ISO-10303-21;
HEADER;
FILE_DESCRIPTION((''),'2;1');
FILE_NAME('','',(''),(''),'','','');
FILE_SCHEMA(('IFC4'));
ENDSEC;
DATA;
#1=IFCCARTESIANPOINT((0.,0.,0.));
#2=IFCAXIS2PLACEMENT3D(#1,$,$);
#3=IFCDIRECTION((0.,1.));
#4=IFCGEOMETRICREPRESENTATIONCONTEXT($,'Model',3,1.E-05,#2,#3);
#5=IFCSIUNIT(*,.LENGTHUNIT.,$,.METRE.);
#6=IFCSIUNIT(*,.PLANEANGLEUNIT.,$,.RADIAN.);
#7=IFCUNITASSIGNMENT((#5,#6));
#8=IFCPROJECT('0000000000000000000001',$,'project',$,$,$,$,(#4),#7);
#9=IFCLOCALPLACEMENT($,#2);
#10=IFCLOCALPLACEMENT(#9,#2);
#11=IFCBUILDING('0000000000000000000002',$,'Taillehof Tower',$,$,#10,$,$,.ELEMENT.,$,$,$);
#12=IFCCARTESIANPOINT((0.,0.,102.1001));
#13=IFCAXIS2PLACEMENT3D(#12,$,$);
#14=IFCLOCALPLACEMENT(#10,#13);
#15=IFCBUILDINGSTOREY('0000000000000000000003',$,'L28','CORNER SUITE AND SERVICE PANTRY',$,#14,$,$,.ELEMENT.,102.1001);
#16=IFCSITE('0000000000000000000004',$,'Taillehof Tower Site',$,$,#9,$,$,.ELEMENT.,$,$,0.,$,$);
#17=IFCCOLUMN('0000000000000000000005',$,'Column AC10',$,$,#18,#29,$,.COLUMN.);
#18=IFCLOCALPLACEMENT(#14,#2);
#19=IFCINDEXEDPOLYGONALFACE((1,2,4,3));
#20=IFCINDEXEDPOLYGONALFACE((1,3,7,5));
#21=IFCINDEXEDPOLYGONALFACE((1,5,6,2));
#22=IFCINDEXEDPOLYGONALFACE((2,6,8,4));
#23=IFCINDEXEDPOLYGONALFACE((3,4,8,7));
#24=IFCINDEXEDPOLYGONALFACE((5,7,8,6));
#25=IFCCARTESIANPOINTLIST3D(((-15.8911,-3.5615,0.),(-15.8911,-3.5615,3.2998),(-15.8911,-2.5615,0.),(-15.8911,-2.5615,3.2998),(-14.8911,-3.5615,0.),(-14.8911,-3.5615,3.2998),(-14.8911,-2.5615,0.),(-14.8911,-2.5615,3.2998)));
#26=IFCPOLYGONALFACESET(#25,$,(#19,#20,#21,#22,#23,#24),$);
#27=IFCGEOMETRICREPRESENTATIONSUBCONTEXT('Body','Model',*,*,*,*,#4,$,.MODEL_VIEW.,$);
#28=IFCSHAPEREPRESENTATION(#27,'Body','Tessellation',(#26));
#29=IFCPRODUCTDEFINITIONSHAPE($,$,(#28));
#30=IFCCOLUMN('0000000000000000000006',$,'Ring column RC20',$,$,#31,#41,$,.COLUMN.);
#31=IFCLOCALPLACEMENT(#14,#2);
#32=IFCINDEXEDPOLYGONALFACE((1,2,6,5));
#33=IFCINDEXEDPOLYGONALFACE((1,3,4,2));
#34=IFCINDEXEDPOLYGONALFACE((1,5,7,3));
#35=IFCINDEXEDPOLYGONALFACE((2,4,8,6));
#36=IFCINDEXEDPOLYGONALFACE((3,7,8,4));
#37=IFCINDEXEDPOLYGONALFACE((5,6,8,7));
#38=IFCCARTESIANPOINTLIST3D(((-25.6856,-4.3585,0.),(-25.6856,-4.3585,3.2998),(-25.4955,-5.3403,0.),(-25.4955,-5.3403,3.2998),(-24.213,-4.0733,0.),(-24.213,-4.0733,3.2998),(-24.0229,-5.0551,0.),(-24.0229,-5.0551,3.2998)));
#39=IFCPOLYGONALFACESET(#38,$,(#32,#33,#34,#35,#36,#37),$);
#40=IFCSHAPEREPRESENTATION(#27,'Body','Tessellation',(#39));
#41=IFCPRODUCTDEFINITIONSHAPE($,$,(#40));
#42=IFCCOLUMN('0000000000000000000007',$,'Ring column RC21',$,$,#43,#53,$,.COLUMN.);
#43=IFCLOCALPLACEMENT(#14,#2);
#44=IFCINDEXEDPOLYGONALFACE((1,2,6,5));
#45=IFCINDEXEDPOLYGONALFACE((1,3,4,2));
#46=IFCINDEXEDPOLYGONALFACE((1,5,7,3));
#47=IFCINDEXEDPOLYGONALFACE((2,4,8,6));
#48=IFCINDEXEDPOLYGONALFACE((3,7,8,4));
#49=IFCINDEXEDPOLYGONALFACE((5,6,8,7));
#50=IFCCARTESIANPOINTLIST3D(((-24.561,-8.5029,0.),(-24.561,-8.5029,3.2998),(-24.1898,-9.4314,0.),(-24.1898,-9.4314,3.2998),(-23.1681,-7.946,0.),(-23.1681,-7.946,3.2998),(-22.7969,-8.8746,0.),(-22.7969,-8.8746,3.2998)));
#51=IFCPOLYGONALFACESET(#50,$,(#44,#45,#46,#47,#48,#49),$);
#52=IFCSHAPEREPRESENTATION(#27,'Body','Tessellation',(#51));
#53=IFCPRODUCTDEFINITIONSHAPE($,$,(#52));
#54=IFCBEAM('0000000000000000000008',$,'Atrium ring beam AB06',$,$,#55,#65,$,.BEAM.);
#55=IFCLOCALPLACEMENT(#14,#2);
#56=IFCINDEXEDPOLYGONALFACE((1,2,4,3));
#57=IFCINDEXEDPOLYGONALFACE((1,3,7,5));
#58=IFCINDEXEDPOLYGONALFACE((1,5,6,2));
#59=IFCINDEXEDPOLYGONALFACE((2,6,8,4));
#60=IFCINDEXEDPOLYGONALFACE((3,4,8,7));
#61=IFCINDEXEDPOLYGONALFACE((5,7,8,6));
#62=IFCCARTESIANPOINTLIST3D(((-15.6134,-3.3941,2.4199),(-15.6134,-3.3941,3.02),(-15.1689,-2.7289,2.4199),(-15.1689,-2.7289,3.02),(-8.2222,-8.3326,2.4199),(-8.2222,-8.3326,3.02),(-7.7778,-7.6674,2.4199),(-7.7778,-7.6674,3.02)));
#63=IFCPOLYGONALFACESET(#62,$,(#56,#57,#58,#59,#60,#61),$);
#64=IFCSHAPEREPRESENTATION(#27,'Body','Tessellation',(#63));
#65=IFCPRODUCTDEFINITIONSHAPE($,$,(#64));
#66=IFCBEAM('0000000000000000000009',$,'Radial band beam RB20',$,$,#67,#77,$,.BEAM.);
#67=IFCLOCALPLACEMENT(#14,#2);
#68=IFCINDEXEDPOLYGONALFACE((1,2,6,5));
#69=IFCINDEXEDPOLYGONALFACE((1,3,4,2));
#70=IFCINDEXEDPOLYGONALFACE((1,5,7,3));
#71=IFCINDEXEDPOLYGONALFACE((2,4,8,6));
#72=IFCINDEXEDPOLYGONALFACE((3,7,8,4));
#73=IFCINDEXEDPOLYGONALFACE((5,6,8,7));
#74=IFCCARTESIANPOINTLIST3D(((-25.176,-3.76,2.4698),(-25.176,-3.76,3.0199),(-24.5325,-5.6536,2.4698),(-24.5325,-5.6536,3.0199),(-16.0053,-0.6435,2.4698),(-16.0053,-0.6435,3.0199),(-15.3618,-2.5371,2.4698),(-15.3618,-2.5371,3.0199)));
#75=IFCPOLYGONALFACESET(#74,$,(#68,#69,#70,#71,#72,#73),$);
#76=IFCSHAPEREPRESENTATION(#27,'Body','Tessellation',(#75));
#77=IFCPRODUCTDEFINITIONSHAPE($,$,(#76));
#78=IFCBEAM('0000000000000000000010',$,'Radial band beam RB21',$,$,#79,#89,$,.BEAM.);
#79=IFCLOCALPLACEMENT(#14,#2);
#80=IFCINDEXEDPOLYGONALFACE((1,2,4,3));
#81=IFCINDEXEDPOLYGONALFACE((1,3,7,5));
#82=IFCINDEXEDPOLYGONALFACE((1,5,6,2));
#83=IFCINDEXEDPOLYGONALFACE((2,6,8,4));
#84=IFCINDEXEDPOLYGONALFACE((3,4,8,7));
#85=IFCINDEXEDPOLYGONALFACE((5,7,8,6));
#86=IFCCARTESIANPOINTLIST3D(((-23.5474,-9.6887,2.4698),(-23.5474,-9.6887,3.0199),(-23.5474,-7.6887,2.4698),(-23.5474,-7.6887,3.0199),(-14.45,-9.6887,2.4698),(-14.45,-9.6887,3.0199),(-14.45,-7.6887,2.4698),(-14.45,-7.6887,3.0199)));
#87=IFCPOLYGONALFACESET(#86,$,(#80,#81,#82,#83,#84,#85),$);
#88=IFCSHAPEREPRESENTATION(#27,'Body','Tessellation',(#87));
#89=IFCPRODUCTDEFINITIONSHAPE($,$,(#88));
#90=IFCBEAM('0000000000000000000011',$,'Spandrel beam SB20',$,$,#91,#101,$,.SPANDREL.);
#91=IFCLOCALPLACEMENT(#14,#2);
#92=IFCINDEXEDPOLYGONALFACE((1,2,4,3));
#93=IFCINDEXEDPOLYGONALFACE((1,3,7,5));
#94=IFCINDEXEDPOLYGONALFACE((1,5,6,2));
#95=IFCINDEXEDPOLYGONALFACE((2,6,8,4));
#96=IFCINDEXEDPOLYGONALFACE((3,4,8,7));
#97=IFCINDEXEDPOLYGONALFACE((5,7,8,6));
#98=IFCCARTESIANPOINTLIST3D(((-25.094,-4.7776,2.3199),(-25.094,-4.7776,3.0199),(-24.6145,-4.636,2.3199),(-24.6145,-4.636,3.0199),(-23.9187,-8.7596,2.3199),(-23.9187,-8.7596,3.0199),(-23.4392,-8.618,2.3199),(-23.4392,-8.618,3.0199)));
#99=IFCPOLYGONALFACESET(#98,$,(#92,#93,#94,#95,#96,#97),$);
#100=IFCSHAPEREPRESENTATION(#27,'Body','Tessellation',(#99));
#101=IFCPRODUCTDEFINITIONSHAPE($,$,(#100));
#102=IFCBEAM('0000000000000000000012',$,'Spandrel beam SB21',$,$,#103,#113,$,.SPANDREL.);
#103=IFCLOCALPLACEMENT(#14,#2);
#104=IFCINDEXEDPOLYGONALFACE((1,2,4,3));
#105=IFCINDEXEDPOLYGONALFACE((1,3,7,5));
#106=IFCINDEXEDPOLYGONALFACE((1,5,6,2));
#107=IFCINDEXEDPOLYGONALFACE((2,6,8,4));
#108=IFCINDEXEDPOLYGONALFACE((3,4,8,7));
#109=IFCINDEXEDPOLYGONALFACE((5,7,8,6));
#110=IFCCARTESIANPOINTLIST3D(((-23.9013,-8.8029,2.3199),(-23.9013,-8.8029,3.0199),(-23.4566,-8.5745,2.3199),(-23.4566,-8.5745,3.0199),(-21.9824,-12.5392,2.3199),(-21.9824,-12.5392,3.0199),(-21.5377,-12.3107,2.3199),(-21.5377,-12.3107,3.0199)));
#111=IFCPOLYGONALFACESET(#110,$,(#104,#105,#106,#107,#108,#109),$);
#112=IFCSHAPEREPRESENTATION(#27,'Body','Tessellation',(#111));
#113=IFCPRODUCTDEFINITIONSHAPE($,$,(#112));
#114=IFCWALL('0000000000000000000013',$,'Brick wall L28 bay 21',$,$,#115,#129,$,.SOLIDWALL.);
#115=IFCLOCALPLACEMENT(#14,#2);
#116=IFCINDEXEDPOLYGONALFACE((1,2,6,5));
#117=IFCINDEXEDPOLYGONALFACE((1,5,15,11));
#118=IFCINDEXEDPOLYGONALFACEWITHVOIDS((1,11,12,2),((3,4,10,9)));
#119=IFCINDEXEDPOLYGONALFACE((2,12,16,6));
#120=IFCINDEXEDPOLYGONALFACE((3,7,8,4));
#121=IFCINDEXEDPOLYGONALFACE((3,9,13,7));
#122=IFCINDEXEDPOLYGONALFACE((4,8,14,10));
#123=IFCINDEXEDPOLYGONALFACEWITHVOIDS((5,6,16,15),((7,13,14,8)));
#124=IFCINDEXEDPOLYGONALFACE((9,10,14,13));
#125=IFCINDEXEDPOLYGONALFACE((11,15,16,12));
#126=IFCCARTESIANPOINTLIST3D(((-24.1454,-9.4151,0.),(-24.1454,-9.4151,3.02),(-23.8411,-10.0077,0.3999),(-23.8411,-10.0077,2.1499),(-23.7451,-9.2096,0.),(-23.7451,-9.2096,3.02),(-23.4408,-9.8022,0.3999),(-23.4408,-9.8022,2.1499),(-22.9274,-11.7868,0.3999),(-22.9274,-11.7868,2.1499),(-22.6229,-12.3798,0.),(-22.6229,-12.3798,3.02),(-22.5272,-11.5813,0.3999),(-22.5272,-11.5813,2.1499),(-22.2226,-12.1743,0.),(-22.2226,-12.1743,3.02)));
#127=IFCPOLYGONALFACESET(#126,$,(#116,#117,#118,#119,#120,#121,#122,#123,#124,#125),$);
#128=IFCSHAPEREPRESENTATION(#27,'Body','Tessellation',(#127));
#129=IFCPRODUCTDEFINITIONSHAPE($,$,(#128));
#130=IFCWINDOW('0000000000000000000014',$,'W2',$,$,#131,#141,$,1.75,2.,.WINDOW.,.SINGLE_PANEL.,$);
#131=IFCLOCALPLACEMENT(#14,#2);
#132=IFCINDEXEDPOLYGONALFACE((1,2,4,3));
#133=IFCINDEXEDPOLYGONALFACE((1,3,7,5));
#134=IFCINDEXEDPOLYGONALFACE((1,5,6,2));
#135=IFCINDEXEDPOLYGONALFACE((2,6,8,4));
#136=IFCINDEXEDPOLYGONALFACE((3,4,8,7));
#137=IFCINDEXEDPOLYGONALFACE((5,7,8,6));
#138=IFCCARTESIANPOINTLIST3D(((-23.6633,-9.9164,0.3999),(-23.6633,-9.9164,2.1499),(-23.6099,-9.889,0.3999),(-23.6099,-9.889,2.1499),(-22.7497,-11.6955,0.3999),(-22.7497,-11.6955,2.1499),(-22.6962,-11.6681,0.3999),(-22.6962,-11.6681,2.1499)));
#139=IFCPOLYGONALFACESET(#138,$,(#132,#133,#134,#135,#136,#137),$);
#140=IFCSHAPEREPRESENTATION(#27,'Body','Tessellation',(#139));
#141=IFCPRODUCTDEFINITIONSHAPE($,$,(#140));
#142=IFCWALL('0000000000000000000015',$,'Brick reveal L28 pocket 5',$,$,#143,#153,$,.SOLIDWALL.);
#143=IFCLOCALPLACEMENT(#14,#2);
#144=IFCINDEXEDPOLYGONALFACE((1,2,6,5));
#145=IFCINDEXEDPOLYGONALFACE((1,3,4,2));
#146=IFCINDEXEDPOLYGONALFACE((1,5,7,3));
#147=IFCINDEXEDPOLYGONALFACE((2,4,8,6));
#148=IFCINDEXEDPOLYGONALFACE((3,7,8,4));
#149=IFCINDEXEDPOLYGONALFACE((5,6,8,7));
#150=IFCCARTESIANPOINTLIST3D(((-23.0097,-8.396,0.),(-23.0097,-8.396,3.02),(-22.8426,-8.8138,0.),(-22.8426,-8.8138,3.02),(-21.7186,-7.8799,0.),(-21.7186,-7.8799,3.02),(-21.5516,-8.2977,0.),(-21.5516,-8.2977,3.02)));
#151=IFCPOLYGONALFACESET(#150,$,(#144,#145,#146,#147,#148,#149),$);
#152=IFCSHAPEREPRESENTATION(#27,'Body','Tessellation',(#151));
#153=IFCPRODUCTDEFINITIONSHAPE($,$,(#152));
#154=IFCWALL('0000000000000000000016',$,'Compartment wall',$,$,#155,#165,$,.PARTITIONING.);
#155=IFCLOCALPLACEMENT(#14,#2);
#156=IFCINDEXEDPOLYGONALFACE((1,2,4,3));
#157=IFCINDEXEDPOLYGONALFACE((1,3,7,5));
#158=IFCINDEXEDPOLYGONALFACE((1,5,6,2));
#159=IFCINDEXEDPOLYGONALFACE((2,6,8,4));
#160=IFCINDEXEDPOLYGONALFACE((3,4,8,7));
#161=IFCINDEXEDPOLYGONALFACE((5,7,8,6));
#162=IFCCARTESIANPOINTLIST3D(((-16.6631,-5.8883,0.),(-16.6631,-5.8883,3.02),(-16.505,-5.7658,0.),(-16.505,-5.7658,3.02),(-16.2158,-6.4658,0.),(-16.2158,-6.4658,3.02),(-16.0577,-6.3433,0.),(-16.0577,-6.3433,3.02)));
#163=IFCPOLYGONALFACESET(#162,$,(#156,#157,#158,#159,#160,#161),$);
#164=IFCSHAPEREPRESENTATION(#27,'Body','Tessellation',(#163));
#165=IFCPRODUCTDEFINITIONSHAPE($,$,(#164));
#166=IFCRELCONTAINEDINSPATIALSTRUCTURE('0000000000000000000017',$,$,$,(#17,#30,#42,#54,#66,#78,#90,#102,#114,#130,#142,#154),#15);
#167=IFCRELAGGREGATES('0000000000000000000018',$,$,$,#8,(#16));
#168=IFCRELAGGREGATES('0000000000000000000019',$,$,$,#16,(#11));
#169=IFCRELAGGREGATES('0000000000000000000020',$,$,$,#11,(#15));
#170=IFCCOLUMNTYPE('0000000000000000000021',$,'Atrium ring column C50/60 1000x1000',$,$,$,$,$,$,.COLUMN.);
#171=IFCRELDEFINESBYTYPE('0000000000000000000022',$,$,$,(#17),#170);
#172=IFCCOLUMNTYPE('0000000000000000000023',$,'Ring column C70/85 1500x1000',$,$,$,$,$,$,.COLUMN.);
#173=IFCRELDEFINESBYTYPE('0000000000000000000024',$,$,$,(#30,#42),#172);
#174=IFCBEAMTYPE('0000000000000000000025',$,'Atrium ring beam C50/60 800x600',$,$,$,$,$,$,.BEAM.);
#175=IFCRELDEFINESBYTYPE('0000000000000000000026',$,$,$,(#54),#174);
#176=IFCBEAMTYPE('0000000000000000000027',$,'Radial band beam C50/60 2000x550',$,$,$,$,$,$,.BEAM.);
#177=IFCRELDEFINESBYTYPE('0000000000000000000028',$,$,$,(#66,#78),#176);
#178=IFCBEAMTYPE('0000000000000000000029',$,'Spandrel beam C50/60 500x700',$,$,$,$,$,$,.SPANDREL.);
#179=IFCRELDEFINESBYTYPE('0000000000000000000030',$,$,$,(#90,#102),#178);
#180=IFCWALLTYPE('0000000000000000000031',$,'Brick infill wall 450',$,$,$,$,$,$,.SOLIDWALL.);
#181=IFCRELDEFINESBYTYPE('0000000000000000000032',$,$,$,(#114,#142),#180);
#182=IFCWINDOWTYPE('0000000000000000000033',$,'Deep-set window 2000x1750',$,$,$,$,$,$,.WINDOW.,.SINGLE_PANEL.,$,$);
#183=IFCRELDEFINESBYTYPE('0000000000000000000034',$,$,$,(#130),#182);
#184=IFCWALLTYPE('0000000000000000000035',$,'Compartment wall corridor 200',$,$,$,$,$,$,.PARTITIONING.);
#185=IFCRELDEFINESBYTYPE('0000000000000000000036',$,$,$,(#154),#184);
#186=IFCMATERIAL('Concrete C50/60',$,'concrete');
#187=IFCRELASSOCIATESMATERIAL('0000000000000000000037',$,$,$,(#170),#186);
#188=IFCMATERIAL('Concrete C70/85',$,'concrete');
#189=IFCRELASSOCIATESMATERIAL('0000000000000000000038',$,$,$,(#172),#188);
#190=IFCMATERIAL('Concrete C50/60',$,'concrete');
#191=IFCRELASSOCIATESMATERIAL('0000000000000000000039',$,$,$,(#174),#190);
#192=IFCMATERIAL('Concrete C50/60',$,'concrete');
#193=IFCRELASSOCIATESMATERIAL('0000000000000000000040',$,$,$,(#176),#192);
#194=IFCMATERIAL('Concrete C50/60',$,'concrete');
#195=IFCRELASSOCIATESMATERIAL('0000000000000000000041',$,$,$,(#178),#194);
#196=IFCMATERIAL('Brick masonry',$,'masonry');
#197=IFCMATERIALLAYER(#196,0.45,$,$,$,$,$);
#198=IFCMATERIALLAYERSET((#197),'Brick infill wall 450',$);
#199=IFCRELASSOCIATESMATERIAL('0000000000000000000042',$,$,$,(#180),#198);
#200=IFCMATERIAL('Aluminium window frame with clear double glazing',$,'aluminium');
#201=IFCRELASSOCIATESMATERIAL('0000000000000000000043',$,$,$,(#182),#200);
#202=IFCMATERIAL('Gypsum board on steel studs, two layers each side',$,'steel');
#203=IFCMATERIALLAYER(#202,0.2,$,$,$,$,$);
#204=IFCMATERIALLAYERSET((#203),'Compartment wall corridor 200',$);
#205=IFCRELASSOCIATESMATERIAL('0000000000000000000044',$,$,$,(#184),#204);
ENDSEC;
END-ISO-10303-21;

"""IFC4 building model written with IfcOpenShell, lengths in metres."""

from ifc_helpers import new_model, si_unit, direction, frame, frame_2d, origin, origin_2d, place, context, subcontext, project, spatial, rectangle, extrude, material, layer, layer_set, material_profile, profile_set, type_object, element, fill, save


model = new_model("IFC4")

# Units and contexts
model_context = context("Model", 3, precision=1e-05, world=origin(), true_north=direction((0.0, 1.0)))
body_context = subcontext(model_context, "Body", "Model", "MODEL_VIEW")
ifc_project = project(units=[si_unit("LENGTHUNIT", "METRE"), si_unit("PLANEANGLEUNIT", "RADIAN")], contexts=[model_context])

# Site, building, storey
site_placement = place(None, origin())
site = spatial("IfcSite", under=ifc_project, at=site_placement, Name="Taillehof Tower Site", CompositionType="ELEMENT", RefElevation=0.0)
building_placement = place(site_placement, origin())
building = spatial("IfcBuilding", under=site, at=building_placement, Name="Taillehof Tower", CompositionType="ELEMENT")
storey_placement = place(building_placement, frame((0.0, 0.0, 102.1001)))
storey = spatial("IfcBuildingStorey", under=building, at=storey_placement, Name="L28", Description="CORNER SUITE AND SERVICE PANTRY", CompositionType="ELEMENT", Elevation=102.1001)

# Columns
ifc_material_1 = material(Name="Concrete C50/60", Category="concrete")
ifc_material_profile_1 = material_profile(ifc_material_1, rectangle(XDim=1.0, YDim=1.0, at=origin_2d()), Name="RC 1000x1000")
ifc_profile_set_1 = profile_set([ifc_material_profile_1], Name="Concrete C50/60")
column_type_1 = type_object("IfcColumnType", Name="Atrium ring column C50/60 1000x1000", PredefinedType="COLUMN", material=ifc_profile_set_1)
column_placement = place(storey_placement, frame((-15.3911, -3.0615, 0.0), z_axis=(0.0, 0.0, 1.0), x_axis=(1.0, 0.0, 0.0)))
element("IfcColumn", 1, at=column_placement, inside=storey, type_object=column_type_1, Name="Column AC10", PredefinedType="COLUMN", context=body_context, shape_type="SweptSolid", body=[
    extrude(rectangle(XDim=1.0, YDim=1.0, at=origin_2d()), origin(), (0.0, 0.0, 1.0), 3.2998),
])
ifc_material_2 = material(Name="Concrete C70/85", Category="concrete")
ifc_material_profile_2 = material_profile(ifc_material_2, rectangle(XDim=1.5, YDim=1.0, at=origin_2d()), Name="RC 1500x1000")
ifc_profile_set_2 = profile_set([ifc_material_profile_2], Name="Concrete C70/85")
column_type_2 = type_object("IfcColumnType", Name="Ring column C70/85 1500x1000", PredefinedType="COLUMN", material=ifc_profile_set_2)
for number, where, z_axis, x_axis, name in (
    (2, (-24.8542, -4.7068, 0.0), (0.0, 0.0, 1.0), (-0.981757, -0.190138, 0.0), "Ring column RC20"),
    (3, (-23.679, -8.6887, 0.0), (0.0, 0.0, 1.0), (-0.92855, -0.371207, 0.0), "Ring column RC21"),
):
    element("IfcColumn", number, at=place(storey_placement, frame(where, z_axis=z_axis, x_axis=x_axis)), inside=storey, type_object=column_type_2, Name=name, PredefinedType="COLUMN", context=body_context, shape_type="SweptSolid", body=[
        extrude(rectangle(XDim=1.5, YDim=1.0, at=origin_2d()), origin(), (0.0, 0.0, 1.0), 3.2998),
    ])

# Beams
ifc_material_3 = material(Name="Concrete C50/60", Category="concrete")
ifc_material_profile_3 = material_profile(ifc_material_3, rectangle(XDim=0.8, YDim=0.6001, at=origin_2d()), Name="RC 800x600")
ifc_profile_set_3 = profile_set([ifc_material_profile_3], Name="Concrete C50/60")
beam_type_1 = type_object("IfcBeamType", Name="Atrium ring beam C50/60 800x600", PredefinedType="BEAM", material=ifc_profile_set_3)
beam_1_placement = place(storey_placement, frame((-15.3911, -3.0615, 2.72), z_axis=(0.831475, -0.555562, 0.0), x_axis=(0.555562, 0.831475, 0.0)))
element("IfcBeam", 4, at=beam_1_placement, inside=storey, type_object=beam_type_1, Name="Atrium ring beam AB06", PredefinedType="BEAM", context=body_context, shape_type="SweptSolid", body=[
    extrude(rectangle(XDim=0.8, YDim=0.6001, at=origin_2d()), origin(), (0.0, 0.0, 1.0), 8.8892),
])
ifc_material_4 = material(Name="Concrete C50/60", Category="concrete")
ifc_material_profile_4 = material_profile(ifc_material_4, rectangle(XDim=2.0, YDim=0.55, at=origin_2d()), Name="RC 2000x550")
ifc_profile_set_4 = profile_set([ifc_material_profile_4], Name="Concrete C50/60")
beam_type_2 = type_object("IfcBeamType", Name="Radial band beam C50/60 2000x550", PredefinedType="BEAM", material=ifc_profile_set_4)
beam_2_placement = place(storey_placement, frame((-24.8542, -4.7068, 2.7449), z_axis=(0.946822, 0.321758, 0.0), x_axis=(-0.321758, 0.946822, 0.0)))
element("IfcBeam", 5, at=beam_2_placement, inside=storey, type_object=beam_type_2, Name="Radial band beam RB20", PredefinedType="BEAM", context=body_context, shape_type="SweptSolid", body=[
    extrude(rectangle(XDim=2.0, YDim=0.55, at=origin_2d()), origin(), (0.0, 0.0, 1.0), 9.6858),
])
beam_3_placement = place(storey_placement, frame((-23.5474, -8.6887, 2.7449), z_axis=(1.0, 0.0, 0.0), x_axis=(0.0, 1.0, 0.0)))
element("IfcBeam", 6, at=beam_3_placement, inside=storey, type_object=beam_type_2, Name="Radial band beam RB21", PredefinedType="BEAM", context=body_context, shape_type="SweptSolid", body=[
    extrude(rectangle(XDim=2.0, YDim=0.55, at=origin_2d()), origin(), (0.0, 0.0, 1.0), 9.0974),
])
ifc_material_5 = material(Name="Concrete C50/60", Category="concrete")
ifc_material_profile_5 = material_profile(ifc_material_5, rectangle(XDim=0.5, YDim=0.7, at=origin_2d()), Name="RC 500x700")
ifc_profile_set_5 = profile_set([ifc_material_profile_5], Name="Concrete C50/60")
beam_type_3 = type_object("IfcBeamType", Name="Spandrel beam C50/60 500x700", PredefinedType="SPANDREL", material=ifc_profile_set_5)
beam_4_placement = place(storey_placement, frame((-24.8542, -4.7068, 2.6699), z_axis=(0.283083, -0.959095, 0.0), x_axis=(0.959095, 0.283083, 0.0)))
element("IfcBeam", 7, at=beam_4_placement, inside=storey, type_object=beam_type_3, Name="Spandrel beam SB20", PredefinedType="SPANDREL", context=body_context, shape_type="SweptSolid", body=[
    extrude(rectangle(XDim=0.5, YDim=0.7, at=origin_2d()), origin(), (0.0, 0.0, 1.0), 4.1519),
])
beam_5_placement = place(storey_placement, frame((-23.679, -8.6887, 2.6699), z_axis=(0.456859, -0.889539, 0.0), x_axis=(0.889539, 0.456859, 0.0)))
element("IfcBeam", 8, at=beam_5_placement, inside=storey, type_object=beam_type_3, Name="Spandrel beam SB21", PredefinedType="SPANDREL", context=body_context, shape_type="SweptSolid", body=[
    extrude(rectangle(XDim=0.5, YDim=0.7, at=origin_2d()), origin(), (0.0, 0.0, 1.0), 4.2002),
])

# Wall, opening, window
ifc_material_6 = material(Name="Brick masonry", Category="masonry")
ifc_layer_1 = layer(ifc_material_6, 0.45)
ifc_layer_set_1 = layer_set([ifc_layer_1], Name="Brick infill wall 450")
wall_type_1 = type_object("IfcWallType", Name="Brick infill wall 450", PredefinedType="SOLIDWALL", material=ifc_layer_set_1)
wall_1_placement = place(storey_placement, frame((-23.9453, -9.3123, 0.0), z_axis=(0.0, 0.0, 1.0), x_axis=(0.456828, -0.889555, 0.0)))
wall_1 = element("IfcWall", 9, at=wall_1_placement, inside=storey, type_object=wall_type_1, Name="Brick wall L28 bay 21", PredefinedType="SOLIDWALL", context=body_context, shape_type="SweptSolid", body=[
    extrude(rectangle(XDim=3.3328, YDim=0.45, at=frame_2d((1.6665, 0.0))), origin(), (0.0, 0.0, 1.0), 3.02),
])
opening_1_placement = place(wall_1_placement, frame((0.6663, 0.0, 0.3999)))
opening_1 = element("IfcOpeningElement", 10, at=opening_1_placement, cuts=wall_1, PredefinedType="OPENING", context=body_context, shape_type="SweptSolid", body=[
    extrude(rectangle(XDim=2.0, YDim=1.75, at=frame_2d((1.0, 0.875))), frame((0.0, 0.2349, 0.0), z_axis=(0.0, -1.0, 0.0), x_axis=(1.0, 0.0, 0.0)), (0.0, 0.0, 1.0), 0.47),
])
ifc_material_7 = material(Name="Aluminium window frame with clear double glazing", Category="aluminium")
window_type_1 = type_object("IfcWindowType", Name="Deep-set window 2000x1750", PartitioningType="SINGLE_PANEL", PredefinedType="WINDOW", material=ifc_material_7)
window_1_placement = place(opening_1_placement, origin())
window_1 = element("IfcWindow", 11, at=window_1_placement, inside=storey, type_object=window_type_1, Name="W2", OverallHeight=1.75, OverallWidth=2.0, PartitioningType="SINGLE_PANEL", PredefinedType="WINDOW", context=body_context, shape_type="SweptSolid", body=[
    extrude(rectangle(XDim=2.0, YDim=1.75, at=frame_2d((1.0, 0.875))), frame((0.0, 0.0349, 0.0), z_axis=(0.0, -1.0, 0.0), x_axis=(1.0, 0.0, 0.0)), (0.0, 0.0, 1.0), 0.0601),
])
fill(opening_1, window_1)

# Wall
wall_2_placement = place(storey_placement, frame((-22.9263, -8.605, 0.0), z_axis=(0.0, 0.0, 1.0), x_axis=(0.928549, 0.371209, 0.0)))
element("IfcWall", 12, at=wall_2_placement, inside=storey, type_object=wall_type_1, Name="Brick reveal L28 pocket 5", PredefinedType="SOLIDWALL", context=body_context, shape_type="SweptSolid", body=[
    extrude(rectangle(XDim=1.3904, YDim=0.45, at=frame_2d((0.6953, 0.0))), origin(), (0.0, 0.0, 1.0), 3.02),
])

# Wall
ifc_material_8 = material(Name="Gypsum board on steel studs, two layers each side", Category="steel")
ifc_layer_2 = layer(ifc_material_8, 0.2)
ifc_layer_set_2 = layer_set([ifc_layer_2], Name="Compartment wall corridor 200")
wall_type_2 = type_object("IfcWallType", Name="Compartment wall corridor 200", PredefinedType="PARTITIONING", material=ifc_layer_set_2)
wall_3_placement = place(storey_placement, frame((-16.1367, -6.4045, 0.0), z_axis=(0.0, 0.0, 1.0), x_axis=(-0.612389, 0.790557, 0.0)))
element("IfcWall", 13, at=wall_3_placement, inside=storey, type_object=wall_type_2, Name="Compartment wall", PredefinedType="PARTITIONING", context=body_context, shape_type="SweptSolid", body=[
    extrude(rectangle(XDim=0.7305, YDim=0.2, at=frame_2d((0.3652, 0.0))), origin(), (0.0, 0.0, 1.0), 3.02),
])

save(model, "model.ifc")
